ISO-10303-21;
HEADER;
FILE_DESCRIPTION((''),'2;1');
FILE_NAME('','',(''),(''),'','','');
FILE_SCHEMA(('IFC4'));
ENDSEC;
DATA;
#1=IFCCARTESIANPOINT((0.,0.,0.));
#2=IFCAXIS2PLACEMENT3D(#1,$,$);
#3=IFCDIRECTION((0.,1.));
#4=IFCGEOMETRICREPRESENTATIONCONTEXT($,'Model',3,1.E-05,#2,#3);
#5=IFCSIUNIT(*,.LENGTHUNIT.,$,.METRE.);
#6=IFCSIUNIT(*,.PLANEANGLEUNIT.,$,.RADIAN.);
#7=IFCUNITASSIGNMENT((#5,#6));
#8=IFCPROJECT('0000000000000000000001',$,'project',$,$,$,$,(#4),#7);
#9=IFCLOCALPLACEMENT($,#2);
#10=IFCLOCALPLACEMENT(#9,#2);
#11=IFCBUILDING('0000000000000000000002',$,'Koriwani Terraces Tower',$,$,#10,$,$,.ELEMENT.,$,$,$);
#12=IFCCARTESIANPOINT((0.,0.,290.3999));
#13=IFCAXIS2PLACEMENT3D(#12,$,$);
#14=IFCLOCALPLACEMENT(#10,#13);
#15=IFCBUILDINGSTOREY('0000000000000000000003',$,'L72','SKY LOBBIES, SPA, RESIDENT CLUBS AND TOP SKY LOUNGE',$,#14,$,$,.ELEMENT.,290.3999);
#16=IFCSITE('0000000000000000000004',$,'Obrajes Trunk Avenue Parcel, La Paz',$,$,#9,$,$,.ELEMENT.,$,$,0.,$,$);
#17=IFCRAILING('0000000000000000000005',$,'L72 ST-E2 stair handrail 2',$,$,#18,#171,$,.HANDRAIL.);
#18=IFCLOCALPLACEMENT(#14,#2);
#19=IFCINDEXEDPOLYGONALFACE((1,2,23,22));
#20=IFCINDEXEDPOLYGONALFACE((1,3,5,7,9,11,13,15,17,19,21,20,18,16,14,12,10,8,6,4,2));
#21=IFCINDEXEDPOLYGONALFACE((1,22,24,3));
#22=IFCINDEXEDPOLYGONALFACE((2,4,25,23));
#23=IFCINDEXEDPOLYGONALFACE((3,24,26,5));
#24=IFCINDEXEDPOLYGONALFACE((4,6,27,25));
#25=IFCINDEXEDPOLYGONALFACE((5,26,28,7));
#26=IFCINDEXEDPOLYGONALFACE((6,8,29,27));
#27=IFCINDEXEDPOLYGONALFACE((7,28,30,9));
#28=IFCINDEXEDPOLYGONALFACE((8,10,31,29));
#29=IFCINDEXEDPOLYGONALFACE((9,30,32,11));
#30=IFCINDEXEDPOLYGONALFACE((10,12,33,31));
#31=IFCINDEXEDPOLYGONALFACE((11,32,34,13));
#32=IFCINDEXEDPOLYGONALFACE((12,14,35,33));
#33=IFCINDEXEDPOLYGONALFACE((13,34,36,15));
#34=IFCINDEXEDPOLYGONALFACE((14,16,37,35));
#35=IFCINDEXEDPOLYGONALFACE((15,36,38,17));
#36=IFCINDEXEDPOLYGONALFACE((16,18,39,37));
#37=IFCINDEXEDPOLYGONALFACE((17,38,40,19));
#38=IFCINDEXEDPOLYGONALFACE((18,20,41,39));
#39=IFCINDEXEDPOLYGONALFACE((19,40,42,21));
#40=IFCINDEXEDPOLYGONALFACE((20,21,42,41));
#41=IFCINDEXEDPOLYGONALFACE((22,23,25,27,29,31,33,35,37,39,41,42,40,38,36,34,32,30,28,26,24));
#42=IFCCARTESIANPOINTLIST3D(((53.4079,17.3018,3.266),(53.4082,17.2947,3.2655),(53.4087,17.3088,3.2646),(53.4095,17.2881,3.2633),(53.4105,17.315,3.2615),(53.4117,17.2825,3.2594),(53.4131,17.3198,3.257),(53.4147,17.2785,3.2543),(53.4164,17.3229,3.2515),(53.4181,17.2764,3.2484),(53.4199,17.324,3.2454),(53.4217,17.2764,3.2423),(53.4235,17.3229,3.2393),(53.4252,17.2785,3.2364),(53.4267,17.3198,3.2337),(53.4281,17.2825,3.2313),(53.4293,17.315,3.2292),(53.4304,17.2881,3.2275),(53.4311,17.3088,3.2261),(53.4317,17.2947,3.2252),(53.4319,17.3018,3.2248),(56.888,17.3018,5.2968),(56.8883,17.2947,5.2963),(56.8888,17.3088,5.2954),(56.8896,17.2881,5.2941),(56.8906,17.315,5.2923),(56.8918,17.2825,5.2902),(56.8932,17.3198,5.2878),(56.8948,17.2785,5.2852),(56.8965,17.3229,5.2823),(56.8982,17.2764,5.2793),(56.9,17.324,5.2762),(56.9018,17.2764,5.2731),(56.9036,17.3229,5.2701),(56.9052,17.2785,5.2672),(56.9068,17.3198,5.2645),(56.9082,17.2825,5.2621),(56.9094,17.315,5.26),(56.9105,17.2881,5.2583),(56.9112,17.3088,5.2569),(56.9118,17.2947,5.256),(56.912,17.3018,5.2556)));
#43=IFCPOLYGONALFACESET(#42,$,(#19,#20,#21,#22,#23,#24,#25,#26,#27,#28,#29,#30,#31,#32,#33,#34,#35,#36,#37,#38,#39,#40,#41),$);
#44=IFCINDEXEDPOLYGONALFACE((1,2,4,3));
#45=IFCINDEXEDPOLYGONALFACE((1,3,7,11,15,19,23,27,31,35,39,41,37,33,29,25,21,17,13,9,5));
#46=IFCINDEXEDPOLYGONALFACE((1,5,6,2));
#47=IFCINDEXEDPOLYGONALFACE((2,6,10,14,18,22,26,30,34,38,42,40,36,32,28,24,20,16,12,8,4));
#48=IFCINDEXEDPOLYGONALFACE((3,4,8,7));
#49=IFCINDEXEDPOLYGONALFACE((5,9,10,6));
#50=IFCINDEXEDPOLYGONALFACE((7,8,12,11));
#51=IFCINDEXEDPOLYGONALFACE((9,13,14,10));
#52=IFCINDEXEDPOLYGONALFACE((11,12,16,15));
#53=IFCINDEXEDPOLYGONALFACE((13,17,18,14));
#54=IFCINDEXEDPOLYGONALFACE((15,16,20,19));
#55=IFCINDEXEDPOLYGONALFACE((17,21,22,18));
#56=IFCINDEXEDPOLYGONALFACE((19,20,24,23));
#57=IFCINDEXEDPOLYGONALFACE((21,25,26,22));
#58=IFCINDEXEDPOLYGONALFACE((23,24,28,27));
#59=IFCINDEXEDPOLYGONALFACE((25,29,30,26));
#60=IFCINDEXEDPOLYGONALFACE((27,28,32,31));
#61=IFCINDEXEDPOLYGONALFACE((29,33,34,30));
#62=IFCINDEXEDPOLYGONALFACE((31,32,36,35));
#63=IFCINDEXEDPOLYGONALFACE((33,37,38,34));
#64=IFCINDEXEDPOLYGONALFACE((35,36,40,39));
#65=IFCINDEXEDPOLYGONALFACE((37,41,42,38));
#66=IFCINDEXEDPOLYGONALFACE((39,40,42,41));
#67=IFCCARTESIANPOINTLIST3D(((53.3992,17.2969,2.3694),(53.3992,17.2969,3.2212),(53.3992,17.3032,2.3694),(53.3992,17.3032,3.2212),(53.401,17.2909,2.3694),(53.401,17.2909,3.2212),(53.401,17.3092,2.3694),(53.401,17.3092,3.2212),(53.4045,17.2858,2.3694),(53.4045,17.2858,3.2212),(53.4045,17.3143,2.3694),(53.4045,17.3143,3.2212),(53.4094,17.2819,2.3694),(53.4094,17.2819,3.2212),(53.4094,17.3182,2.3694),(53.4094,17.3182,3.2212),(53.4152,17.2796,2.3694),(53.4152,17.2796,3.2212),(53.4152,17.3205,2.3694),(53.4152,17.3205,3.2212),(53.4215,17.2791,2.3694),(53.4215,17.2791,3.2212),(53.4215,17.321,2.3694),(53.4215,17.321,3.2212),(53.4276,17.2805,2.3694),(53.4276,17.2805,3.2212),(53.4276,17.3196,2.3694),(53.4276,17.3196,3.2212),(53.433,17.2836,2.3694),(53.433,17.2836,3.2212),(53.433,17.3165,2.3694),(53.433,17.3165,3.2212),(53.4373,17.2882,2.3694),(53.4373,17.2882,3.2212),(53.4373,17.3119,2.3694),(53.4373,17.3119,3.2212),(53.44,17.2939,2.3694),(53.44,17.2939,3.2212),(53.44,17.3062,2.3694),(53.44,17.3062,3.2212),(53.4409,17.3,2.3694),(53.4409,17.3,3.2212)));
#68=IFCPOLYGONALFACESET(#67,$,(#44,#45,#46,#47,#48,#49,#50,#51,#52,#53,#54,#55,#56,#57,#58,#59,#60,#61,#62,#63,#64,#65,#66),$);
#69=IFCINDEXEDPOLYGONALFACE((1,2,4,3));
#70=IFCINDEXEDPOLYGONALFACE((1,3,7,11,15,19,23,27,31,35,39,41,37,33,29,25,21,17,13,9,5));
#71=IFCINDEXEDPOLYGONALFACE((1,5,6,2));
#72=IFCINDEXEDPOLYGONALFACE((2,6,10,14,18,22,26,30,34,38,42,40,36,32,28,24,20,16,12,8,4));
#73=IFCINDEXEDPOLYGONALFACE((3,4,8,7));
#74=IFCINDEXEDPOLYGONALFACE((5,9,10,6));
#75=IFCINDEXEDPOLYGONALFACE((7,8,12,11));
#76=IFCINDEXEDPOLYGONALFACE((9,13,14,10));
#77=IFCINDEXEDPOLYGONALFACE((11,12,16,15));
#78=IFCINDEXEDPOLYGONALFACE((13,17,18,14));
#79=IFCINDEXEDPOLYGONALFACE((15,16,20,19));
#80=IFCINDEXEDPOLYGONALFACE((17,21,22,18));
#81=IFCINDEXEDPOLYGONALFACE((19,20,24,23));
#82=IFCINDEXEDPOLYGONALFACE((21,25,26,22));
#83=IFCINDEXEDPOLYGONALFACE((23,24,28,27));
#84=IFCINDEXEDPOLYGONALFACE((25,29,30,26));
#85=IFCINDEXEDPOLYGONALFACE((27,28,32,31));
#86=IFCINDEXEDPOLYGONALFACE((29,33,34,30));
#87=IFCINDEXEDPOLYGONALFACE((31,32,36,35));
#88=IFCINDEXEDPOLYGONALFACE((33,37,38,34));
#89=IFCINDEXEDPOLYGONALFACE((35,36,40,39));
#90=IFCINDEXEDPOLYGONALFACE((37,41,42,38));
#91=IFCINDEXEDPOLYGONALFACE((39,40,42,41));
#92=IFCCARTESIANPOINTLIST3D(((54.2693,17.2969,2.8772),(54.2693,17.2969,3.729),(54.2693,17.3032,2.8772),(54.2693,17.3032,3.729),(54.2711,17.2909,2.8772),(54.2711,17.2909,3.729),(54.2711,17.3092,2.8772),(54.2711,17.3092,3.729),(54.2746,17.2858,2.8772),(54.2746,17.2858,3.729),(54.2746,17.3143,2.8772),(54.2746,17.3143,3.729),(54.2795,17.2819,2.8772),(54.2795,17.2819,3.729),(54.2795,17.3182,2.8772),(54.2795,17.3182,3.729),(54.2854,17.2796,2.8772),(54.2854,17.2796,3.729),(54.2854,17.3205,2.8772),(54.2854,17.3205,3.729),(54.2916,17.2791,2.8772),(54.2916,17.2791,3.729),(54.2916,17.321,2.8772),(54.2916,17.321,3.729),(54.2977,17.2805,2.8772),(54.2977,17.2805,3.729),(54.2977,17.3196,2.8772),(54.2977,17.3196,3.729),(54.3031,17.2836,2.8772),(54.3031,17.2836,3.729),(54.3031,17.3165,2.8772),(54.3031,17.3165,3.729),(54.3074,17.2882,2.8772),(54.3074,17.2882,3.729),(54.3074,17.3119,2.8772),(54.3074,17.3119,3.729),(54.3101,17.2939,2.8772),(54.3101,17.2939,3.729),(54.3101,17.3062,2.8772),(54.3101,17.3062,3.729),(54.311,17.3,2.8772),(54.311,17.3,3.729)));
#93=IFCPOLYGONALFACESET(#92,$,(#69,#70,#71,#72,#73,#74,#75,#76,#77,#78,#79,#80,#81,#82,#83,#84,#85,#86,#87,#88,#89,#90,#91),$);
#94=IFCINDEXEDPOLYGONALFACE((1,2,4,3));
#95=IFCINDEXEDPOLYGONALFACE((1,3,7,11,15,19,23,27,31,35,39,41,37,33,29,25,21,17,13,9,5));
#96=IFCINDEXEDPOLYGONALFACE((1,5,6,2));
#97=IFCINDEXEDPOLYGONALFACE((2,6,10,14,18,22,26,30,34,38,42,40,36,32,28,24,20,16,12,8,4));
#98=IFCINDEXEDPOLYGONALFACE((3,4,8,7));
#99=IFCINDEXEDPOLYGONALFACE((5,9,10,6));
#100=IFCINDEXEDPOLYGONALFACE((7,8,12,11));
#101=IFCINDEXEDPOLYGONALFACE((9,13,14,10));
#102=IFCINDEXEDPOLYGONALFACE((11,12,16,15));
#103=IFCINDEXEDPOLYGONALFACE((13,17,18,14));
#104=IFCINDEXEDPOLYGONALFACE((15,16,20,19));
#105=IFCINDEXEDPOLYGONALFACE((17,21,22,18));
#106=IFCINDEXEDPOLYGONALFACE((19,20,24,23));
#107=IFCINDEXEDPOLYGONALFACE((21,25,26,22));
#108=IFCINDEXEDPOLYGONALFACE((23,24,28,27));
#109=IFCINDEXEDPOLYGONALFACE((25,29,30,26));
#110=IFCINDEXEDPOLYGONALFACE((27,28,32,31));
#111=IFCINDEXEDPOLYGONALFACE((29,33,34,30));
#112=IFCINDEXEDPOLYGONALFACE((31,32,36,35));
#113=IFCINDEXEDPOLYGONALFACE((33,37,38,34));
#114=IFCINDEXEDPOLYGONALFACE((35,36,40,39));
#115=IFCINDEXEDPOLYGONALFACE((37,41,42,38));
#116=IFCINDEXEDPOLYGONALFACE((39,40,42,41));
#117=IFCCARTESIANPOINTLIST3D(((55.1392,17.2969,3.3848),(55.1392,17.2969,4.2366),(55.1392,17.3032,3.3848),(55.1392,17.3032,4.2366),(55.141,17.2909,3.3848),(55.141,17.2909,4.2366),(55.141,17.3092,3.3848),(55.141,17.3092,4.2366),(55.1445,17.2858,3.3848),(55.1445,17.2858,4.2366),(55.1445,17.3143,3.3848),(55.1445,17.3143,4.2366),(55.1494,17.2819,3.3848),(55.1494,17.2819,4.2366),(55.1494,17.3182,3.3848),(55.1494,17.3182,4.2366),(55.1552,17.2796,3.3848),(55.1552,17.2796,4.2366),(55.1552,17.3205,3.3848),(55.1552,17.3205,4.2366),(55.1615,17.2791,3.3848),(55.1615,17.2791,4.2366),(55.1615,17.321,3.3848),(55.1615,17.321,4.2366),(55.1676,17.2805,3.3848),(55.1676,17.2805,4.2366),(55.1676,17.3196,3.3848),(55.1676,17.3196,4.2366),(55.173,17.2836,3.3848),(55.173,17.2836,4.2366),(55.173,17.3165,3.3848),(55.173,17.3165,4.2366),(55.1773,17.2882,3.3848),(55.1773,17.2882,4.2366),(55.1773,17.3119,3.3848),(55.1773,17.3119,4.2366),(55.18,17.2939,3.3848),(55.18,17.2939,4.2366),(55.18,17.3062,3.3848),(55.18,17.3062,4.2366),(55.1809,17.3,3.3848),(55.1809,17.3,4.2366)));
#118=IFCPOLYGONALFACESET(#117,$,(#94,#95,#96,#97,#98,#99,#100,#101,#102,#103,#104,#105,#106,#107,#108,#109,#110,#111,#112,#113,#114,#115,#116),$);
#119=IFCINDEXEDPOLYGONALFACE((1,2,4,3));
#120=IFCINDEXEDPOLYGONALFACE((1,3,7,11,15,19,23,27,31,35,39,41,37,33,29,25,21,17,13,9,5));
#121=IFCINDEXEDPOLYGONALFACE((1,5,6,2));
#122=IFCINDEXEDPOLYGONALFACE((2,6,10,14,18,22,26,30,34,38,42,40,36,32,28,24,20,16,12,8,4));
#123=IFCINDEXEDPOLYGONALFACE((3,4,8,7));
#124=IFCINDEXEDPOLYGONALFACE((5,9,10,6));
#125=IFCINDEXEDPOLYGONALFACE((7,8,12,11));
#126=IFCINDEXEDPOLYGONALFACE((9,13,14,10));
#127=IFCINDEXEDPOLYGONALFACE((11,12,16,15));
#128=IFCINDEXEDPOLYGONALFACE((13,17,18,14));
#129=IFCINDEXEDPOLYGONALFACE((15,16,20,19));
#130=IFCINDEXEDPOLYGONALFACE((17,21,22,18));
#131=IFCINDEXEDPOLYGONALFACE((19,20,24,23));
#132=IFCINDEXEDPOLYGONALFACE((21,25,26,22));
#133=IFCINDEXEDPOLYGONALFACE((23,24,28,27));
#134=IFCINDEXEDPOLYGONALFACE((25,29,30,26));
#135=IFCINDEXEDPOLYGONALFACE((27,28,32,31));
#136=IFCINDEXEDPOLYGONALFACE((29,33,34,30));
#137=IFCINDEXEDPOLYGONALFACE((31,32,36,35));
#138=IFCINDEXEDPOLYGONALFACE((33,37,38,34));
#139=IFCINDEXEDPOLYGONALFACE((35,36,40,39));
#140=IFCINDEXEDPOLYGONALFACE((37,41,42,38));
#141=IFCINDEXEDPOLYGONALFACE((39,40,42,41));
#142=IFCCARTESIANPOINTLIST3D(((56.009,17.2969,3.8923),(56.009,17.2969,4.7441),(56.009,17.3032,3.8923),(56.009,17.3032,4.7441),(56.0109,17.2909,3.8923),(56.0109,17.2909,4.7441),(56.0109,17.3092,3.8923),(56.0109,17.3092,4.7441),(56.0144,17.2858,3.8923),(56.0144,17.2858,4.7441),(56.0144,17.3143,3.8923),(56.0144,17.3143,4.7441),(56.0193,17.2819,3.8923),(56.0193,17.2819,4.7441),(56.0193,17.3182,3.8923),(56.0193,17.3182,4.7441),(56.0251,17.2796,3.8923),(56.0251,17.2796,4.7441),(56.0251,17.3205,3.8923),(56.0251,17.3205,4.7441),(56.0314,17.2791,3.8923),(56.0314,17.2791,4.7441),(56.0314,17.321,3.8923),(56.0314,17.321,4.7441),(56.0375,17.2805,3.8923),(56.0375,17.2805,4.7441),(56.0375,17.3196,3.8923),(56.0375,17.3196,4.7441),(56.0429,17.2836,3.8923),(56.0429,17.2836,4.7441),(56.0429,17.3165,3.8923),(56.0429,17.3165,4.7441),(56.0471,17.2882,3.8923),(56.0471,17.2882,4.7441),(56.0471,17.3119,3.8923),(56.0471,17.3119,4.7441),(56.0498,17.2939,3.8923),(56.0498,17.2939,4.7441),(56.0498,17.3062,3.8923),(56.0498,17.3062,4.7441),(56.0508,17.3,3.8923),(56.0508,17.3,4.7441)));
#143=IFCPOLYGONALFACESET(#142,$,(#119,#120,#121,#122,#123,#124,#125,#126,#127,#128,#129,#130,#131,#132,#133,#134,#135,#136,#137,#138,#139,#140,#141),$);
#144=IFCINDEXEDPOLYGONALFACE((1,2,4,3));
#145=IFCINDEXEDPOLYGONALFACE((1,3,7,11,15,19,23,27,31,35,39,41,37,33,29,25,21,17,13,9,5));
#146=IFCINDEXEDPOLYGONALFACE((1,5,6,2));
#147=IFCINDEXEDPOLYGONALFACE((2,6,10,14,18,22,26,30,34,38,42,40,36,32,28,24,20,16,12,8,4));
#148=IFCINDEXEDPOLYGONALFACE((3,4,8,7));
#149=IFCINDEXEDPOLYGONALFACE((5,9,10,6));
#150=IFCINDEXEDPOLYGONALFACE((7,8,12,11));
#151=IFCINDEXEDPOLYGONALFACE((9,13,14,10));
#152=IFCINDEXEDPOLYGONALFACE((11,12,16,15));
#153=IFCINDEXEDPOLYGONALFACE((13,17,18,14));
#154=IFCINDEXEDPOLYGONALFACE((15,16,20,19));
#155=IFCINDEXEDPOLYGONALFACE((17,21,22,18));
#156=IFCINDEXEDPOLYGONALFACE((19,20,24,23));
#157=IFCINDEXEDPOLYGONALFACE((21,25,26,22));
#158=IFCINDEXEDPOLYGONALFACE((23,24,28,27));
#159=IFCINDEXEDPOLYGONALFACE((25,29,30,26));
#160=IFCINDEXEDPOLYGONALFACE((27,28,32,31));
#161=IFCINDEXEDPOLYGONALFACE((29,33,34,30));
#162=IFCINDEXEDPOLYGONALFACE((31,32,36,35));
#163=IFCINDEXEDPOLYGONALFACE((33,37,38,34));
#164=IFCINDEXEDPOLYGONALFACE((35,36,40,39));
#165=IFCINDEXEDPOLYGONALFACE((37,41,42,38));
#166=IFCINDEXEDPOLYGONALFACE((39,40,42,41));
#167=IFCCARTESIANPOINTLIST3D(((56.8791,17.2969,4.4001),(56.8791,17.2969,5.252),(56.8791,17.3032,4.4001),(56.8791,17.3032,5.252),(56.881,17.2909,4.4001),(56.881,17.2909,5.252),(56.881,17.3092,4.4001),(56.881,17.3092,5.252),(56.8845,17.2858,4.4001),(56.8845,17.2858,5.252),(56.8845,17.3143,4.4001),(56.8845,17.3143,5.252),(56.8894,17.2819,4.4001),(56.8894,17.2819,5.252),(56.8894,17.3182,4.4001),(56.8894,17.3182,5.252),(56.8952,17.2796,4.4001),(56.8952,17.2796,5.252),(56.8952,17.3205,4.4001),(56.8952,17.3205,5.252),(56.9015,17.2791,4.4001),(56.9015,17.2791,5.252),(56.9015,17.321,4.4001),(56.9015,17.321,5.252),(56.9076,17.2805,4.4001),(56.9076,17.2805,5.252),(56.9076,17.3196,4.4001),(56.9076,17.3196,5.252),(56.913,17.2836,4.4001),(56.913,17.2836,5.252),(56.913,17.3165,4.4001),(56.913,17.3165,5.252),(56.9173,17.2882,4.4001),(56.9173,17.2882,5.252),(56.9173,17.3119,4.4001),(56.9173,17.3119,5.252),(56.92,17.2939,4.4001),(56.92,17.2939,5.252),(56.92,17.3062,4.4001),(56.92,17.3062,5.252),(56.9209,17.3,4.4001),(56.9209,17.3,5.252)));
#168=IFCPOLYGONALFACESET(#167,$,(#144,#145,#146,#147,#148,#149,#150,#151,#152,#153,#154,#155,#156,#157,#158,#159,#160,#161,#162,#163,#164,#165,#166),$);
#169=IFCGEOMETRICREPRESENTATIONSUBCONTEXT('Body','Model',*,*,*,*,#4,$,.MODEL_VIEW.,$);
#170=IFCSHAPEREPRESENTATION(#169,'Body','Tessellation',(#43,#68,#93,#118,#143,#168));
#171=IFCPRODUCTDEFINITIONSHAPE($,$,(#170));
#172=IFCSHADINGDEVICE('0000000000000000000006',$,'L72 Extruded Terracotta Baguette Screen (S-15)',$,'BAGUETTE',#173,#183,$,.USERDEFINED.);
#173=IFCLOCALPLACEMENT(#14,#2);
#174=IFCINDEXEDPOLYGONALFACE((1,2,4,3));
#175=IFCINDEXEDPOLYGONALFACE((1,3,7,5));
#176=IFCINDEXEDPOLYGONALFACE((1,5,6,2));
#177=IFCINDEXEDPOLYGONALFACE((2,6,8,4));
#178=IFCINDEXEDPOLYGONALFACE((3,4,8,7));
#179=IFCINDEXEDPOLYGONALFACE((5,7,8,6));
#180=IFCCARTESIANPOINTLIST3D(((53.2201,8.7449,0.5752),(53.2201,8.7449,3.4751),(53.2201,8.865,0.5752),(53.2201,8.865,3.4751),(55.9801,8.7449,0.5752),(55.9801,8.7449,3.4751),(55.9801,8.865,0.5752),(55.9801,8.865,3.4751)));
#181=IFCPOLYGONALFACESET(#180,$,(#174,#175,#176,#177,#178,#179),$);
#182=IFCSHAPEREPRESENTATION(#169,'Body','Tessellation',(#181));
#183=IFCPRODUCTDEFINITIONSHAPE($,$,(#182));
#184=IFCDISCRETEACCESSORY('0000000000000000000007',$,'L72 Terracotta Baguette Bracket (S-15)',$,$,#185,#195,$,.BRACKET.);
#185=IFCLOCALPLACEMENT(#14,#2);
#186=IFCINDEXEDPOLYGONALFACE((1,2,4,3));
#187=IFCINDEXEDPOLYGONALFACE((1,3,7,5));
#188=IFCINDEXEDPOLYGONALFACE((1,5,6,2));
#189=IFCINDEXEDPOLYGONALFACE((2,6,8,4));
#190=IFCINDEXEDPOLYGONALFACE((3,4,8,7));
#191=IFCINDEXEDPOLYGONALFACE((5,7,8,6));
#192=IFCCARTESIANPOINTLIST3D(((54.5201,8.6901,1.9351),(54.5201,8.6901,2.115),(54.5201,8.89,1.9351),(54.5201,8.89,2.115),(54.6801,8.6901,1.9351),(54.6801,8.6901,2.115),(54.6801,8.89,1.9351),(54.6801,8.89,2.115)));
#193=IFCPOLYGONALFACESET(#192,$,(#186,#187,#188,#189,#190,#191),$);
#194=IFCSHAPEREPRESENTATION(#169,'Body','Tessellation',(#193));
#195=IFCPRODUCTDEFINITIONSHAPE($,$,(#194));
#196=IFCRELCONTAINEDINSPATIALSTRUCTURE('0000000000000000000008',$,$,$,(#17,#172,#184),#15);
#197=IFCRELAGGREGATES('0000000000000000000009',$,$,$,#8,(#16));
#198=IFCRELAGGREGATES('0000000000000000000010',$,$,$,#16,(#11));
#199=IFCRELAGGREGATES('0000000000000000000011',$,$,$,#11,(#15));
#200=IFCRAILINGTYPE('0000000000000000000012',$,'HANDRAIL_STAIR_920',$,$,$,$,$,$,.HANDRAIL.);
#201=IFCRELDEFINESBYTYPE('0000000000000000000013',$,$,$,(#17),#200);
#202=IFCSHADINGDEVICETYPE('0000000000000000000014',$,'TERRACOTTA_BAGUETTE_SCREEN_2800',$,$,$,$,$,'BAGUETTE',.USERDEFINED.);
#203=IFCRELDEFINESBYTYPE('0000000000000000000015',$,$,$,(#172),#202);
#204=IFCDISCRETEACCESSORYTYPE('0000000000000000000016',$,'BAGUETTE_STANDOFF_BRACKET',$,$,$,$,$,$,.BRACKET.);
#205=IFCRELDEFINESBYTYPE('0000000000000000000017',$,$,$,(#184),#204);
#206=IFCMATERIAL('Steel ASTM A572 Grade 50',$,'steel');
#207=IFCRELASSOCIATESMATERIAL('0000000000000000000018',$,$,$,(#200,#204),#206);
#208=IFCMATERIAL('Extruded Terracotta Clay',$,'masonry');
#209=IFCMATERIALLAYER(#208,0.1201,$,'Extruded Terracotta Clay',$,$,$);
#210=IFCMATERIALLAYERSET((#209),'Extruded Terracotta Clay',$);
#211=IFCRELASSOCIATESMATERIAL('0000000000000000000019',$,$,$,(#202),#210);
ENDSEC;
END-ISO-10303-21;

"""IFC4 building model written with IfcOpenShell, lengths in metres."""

from ifc_helpers import new_model, si_unit, direction, frame, origin, origin_2d, place, context, subcontext, project, spatial, rectangle, circle, extrude, material, layer, layer_set, type_object, element, save


model = new_model("IFC4")

# Units and contexts
model_context = context("Model", 3, precision=1e-05, world=origin(), true_north=direction((0.0, 1.0)))
body_context = subcontext(model_context, "Body", "Model", "MODEL_VIEW")
ifc_project = project(units=[si_unit("LENGTHUNIT", "METRE"), si_unit("PLANEANGLEUNIT", "RADIAN")], contexts=[model_context])

# Site, building, storey
site_placement = place(None, origin())
site = spatial("IfcSite", under=ifc_project, at=site_placement, Name="Obrajes Trunk Avenue Parcel, La Paz", CompositionType="ELEMENT", RefElevation=0.0)
building_placement = place(site_placement, origin())
building = spatial("IfcBuilding", under=site, at=building_placement, Name="Koriwani Terraces Tower", CompositionType="ELEMENT")
storey_placement = place(building_placement, frame((0.0, 0.0, 290.3999)))
storey = spatial("IfcBuildingStorey", under=building, at=storey_placement, Name="L72", Description="SKY LOBBIES, SPA, RESIDENT CLUBS AND TOP SKY LOUNGE", CompositionType="ELEMENT", Elevation=290.3999)

# Shared definitions
ifc_material_1 = material(Name="Steel ASTM A572 Grade 50", Category="steel")

# Railing
railing_type_1 = type_object("IfcRailingType", Name="HANDRAIL_STAIR_920", PredefinedType="HANDRAIL", material=ifc_material_1)
railing_1_placement = place(storey_placement, frame((53.4199, 17.3, 2.3694)))
element("IfcRailing", 1, at=railing_1_placement, inside=storey, type_object=railing_type_1, Name="L72 ST-E2 stair handrail 2", PredefinedType="HANDRAIL", context=body_context, shape_type="SweptSolid", body=[
    extrude(circle(Radius=0.0239, at=origin_2d()), frame((0.0, 0.0, 0.876), z_axis=(0.863695, 0.0, 0.504014), x_axis=(0.0, 1.0, 0.0)), (0.0, 0.0, 1.0), 4.0293),
    extrude(circle(Radius=0.021, at=origin_2d()), origin(), (0.0, 0.0, 1.0), 0.8518),
    extrude(circle(Radius=0.021, at=origin_2d()), frame((0.8701, 0.0, 0.5078)), (0.0, 0.0, 1.0), 0.8518),
    extrude(circle(Radius=0.021, at=origin_2d()), frame((1.74, 0.0, 1.0154)), (0.0, 0.0, 1.0), 0.8518),
    extrude(circle(Radius=0.021, at=origin_2d()), frame((2.6099, 0.0, 1.5229)), (0.0, 0.0, 1.0), 0.8518),
    extrude(circle(Radius=0.021, at=origin_2d()), frame((3.48, 0.0, 2.0308)), (0.0, 0.0, 1.0), 0.8518),
])

# Shading device
ifc_material_2 = material(Name="Extruded Terracotta Clay", Category="masonry")
ifc_layer_1 = layer(ifc_material_2, 0.1201, Name="Extruded Terracotta Clay")
ifc_layer_set_1 = layer_set([ifc_layer_1], Name="Extruded Terracotta Clay")
shading_device_type = type_object("IfcShadingDeviceType", Name="TERRACOTTA_BAGUETTE_SCREEN_2800", ElementType="BAGUETTE", PredefinedType="USERDEFINED", material=ifc_layer_set_1)
shading_device_placement = place(storey_placement, frame((54.6001, 8.8049, 0.5752), z_axis=(0.0, 0.0, 1.0), x_axis=(-1.0, 0.0, 0.0)))
element("IfcShadingDevice", 2, at=shading_device_placement, inside=storey, type_object=shading_device_type, Name="L72 Extruded Terracotta Baguette Screen (S-15)", ObjectType="BAGUETTE", PredefinedType="USERDEFINED", context=body_context, shape_type="SweptSolid", body=[
    extrude(rectangle(XDim=2.76, YDim=0.1201, at=origin_2d()), origin(), (0.0, 0.0, 1.0), 2.8999),
])

# Discrete accessory
discrete_accessory_type = type_object("IfcDiscreteAccessoryType", Name="BAGUETTE_STANDOFF_BRACKET", PredefinedType="BRACKET", material=ifc_material_1)
discrete_accessory_placement = place(storey_placement, frame((54.6001, 8.79, 1.9351), z_axis=(0.0, 0.0, 1.0), x_axis=(-1.0, 0.0, 0.0)))
element("IfcDiscreteAccessory", 3, at=discrete_accessory_placement, inside=storey, type_object=discrete_accessory_type, Name="L72 Terracotta Baguette Bracket (S-15)", PredefinedType="BRACKET", context=body_context, shape_type="SweptSolid", body=[
    extrude(rectangle(XDim=0.1599, YDim=0.2, at=origin_2d()), origin(), (0.0, 0.0, 1.0), 0.1799),
])

save(model, "model.ifc")
